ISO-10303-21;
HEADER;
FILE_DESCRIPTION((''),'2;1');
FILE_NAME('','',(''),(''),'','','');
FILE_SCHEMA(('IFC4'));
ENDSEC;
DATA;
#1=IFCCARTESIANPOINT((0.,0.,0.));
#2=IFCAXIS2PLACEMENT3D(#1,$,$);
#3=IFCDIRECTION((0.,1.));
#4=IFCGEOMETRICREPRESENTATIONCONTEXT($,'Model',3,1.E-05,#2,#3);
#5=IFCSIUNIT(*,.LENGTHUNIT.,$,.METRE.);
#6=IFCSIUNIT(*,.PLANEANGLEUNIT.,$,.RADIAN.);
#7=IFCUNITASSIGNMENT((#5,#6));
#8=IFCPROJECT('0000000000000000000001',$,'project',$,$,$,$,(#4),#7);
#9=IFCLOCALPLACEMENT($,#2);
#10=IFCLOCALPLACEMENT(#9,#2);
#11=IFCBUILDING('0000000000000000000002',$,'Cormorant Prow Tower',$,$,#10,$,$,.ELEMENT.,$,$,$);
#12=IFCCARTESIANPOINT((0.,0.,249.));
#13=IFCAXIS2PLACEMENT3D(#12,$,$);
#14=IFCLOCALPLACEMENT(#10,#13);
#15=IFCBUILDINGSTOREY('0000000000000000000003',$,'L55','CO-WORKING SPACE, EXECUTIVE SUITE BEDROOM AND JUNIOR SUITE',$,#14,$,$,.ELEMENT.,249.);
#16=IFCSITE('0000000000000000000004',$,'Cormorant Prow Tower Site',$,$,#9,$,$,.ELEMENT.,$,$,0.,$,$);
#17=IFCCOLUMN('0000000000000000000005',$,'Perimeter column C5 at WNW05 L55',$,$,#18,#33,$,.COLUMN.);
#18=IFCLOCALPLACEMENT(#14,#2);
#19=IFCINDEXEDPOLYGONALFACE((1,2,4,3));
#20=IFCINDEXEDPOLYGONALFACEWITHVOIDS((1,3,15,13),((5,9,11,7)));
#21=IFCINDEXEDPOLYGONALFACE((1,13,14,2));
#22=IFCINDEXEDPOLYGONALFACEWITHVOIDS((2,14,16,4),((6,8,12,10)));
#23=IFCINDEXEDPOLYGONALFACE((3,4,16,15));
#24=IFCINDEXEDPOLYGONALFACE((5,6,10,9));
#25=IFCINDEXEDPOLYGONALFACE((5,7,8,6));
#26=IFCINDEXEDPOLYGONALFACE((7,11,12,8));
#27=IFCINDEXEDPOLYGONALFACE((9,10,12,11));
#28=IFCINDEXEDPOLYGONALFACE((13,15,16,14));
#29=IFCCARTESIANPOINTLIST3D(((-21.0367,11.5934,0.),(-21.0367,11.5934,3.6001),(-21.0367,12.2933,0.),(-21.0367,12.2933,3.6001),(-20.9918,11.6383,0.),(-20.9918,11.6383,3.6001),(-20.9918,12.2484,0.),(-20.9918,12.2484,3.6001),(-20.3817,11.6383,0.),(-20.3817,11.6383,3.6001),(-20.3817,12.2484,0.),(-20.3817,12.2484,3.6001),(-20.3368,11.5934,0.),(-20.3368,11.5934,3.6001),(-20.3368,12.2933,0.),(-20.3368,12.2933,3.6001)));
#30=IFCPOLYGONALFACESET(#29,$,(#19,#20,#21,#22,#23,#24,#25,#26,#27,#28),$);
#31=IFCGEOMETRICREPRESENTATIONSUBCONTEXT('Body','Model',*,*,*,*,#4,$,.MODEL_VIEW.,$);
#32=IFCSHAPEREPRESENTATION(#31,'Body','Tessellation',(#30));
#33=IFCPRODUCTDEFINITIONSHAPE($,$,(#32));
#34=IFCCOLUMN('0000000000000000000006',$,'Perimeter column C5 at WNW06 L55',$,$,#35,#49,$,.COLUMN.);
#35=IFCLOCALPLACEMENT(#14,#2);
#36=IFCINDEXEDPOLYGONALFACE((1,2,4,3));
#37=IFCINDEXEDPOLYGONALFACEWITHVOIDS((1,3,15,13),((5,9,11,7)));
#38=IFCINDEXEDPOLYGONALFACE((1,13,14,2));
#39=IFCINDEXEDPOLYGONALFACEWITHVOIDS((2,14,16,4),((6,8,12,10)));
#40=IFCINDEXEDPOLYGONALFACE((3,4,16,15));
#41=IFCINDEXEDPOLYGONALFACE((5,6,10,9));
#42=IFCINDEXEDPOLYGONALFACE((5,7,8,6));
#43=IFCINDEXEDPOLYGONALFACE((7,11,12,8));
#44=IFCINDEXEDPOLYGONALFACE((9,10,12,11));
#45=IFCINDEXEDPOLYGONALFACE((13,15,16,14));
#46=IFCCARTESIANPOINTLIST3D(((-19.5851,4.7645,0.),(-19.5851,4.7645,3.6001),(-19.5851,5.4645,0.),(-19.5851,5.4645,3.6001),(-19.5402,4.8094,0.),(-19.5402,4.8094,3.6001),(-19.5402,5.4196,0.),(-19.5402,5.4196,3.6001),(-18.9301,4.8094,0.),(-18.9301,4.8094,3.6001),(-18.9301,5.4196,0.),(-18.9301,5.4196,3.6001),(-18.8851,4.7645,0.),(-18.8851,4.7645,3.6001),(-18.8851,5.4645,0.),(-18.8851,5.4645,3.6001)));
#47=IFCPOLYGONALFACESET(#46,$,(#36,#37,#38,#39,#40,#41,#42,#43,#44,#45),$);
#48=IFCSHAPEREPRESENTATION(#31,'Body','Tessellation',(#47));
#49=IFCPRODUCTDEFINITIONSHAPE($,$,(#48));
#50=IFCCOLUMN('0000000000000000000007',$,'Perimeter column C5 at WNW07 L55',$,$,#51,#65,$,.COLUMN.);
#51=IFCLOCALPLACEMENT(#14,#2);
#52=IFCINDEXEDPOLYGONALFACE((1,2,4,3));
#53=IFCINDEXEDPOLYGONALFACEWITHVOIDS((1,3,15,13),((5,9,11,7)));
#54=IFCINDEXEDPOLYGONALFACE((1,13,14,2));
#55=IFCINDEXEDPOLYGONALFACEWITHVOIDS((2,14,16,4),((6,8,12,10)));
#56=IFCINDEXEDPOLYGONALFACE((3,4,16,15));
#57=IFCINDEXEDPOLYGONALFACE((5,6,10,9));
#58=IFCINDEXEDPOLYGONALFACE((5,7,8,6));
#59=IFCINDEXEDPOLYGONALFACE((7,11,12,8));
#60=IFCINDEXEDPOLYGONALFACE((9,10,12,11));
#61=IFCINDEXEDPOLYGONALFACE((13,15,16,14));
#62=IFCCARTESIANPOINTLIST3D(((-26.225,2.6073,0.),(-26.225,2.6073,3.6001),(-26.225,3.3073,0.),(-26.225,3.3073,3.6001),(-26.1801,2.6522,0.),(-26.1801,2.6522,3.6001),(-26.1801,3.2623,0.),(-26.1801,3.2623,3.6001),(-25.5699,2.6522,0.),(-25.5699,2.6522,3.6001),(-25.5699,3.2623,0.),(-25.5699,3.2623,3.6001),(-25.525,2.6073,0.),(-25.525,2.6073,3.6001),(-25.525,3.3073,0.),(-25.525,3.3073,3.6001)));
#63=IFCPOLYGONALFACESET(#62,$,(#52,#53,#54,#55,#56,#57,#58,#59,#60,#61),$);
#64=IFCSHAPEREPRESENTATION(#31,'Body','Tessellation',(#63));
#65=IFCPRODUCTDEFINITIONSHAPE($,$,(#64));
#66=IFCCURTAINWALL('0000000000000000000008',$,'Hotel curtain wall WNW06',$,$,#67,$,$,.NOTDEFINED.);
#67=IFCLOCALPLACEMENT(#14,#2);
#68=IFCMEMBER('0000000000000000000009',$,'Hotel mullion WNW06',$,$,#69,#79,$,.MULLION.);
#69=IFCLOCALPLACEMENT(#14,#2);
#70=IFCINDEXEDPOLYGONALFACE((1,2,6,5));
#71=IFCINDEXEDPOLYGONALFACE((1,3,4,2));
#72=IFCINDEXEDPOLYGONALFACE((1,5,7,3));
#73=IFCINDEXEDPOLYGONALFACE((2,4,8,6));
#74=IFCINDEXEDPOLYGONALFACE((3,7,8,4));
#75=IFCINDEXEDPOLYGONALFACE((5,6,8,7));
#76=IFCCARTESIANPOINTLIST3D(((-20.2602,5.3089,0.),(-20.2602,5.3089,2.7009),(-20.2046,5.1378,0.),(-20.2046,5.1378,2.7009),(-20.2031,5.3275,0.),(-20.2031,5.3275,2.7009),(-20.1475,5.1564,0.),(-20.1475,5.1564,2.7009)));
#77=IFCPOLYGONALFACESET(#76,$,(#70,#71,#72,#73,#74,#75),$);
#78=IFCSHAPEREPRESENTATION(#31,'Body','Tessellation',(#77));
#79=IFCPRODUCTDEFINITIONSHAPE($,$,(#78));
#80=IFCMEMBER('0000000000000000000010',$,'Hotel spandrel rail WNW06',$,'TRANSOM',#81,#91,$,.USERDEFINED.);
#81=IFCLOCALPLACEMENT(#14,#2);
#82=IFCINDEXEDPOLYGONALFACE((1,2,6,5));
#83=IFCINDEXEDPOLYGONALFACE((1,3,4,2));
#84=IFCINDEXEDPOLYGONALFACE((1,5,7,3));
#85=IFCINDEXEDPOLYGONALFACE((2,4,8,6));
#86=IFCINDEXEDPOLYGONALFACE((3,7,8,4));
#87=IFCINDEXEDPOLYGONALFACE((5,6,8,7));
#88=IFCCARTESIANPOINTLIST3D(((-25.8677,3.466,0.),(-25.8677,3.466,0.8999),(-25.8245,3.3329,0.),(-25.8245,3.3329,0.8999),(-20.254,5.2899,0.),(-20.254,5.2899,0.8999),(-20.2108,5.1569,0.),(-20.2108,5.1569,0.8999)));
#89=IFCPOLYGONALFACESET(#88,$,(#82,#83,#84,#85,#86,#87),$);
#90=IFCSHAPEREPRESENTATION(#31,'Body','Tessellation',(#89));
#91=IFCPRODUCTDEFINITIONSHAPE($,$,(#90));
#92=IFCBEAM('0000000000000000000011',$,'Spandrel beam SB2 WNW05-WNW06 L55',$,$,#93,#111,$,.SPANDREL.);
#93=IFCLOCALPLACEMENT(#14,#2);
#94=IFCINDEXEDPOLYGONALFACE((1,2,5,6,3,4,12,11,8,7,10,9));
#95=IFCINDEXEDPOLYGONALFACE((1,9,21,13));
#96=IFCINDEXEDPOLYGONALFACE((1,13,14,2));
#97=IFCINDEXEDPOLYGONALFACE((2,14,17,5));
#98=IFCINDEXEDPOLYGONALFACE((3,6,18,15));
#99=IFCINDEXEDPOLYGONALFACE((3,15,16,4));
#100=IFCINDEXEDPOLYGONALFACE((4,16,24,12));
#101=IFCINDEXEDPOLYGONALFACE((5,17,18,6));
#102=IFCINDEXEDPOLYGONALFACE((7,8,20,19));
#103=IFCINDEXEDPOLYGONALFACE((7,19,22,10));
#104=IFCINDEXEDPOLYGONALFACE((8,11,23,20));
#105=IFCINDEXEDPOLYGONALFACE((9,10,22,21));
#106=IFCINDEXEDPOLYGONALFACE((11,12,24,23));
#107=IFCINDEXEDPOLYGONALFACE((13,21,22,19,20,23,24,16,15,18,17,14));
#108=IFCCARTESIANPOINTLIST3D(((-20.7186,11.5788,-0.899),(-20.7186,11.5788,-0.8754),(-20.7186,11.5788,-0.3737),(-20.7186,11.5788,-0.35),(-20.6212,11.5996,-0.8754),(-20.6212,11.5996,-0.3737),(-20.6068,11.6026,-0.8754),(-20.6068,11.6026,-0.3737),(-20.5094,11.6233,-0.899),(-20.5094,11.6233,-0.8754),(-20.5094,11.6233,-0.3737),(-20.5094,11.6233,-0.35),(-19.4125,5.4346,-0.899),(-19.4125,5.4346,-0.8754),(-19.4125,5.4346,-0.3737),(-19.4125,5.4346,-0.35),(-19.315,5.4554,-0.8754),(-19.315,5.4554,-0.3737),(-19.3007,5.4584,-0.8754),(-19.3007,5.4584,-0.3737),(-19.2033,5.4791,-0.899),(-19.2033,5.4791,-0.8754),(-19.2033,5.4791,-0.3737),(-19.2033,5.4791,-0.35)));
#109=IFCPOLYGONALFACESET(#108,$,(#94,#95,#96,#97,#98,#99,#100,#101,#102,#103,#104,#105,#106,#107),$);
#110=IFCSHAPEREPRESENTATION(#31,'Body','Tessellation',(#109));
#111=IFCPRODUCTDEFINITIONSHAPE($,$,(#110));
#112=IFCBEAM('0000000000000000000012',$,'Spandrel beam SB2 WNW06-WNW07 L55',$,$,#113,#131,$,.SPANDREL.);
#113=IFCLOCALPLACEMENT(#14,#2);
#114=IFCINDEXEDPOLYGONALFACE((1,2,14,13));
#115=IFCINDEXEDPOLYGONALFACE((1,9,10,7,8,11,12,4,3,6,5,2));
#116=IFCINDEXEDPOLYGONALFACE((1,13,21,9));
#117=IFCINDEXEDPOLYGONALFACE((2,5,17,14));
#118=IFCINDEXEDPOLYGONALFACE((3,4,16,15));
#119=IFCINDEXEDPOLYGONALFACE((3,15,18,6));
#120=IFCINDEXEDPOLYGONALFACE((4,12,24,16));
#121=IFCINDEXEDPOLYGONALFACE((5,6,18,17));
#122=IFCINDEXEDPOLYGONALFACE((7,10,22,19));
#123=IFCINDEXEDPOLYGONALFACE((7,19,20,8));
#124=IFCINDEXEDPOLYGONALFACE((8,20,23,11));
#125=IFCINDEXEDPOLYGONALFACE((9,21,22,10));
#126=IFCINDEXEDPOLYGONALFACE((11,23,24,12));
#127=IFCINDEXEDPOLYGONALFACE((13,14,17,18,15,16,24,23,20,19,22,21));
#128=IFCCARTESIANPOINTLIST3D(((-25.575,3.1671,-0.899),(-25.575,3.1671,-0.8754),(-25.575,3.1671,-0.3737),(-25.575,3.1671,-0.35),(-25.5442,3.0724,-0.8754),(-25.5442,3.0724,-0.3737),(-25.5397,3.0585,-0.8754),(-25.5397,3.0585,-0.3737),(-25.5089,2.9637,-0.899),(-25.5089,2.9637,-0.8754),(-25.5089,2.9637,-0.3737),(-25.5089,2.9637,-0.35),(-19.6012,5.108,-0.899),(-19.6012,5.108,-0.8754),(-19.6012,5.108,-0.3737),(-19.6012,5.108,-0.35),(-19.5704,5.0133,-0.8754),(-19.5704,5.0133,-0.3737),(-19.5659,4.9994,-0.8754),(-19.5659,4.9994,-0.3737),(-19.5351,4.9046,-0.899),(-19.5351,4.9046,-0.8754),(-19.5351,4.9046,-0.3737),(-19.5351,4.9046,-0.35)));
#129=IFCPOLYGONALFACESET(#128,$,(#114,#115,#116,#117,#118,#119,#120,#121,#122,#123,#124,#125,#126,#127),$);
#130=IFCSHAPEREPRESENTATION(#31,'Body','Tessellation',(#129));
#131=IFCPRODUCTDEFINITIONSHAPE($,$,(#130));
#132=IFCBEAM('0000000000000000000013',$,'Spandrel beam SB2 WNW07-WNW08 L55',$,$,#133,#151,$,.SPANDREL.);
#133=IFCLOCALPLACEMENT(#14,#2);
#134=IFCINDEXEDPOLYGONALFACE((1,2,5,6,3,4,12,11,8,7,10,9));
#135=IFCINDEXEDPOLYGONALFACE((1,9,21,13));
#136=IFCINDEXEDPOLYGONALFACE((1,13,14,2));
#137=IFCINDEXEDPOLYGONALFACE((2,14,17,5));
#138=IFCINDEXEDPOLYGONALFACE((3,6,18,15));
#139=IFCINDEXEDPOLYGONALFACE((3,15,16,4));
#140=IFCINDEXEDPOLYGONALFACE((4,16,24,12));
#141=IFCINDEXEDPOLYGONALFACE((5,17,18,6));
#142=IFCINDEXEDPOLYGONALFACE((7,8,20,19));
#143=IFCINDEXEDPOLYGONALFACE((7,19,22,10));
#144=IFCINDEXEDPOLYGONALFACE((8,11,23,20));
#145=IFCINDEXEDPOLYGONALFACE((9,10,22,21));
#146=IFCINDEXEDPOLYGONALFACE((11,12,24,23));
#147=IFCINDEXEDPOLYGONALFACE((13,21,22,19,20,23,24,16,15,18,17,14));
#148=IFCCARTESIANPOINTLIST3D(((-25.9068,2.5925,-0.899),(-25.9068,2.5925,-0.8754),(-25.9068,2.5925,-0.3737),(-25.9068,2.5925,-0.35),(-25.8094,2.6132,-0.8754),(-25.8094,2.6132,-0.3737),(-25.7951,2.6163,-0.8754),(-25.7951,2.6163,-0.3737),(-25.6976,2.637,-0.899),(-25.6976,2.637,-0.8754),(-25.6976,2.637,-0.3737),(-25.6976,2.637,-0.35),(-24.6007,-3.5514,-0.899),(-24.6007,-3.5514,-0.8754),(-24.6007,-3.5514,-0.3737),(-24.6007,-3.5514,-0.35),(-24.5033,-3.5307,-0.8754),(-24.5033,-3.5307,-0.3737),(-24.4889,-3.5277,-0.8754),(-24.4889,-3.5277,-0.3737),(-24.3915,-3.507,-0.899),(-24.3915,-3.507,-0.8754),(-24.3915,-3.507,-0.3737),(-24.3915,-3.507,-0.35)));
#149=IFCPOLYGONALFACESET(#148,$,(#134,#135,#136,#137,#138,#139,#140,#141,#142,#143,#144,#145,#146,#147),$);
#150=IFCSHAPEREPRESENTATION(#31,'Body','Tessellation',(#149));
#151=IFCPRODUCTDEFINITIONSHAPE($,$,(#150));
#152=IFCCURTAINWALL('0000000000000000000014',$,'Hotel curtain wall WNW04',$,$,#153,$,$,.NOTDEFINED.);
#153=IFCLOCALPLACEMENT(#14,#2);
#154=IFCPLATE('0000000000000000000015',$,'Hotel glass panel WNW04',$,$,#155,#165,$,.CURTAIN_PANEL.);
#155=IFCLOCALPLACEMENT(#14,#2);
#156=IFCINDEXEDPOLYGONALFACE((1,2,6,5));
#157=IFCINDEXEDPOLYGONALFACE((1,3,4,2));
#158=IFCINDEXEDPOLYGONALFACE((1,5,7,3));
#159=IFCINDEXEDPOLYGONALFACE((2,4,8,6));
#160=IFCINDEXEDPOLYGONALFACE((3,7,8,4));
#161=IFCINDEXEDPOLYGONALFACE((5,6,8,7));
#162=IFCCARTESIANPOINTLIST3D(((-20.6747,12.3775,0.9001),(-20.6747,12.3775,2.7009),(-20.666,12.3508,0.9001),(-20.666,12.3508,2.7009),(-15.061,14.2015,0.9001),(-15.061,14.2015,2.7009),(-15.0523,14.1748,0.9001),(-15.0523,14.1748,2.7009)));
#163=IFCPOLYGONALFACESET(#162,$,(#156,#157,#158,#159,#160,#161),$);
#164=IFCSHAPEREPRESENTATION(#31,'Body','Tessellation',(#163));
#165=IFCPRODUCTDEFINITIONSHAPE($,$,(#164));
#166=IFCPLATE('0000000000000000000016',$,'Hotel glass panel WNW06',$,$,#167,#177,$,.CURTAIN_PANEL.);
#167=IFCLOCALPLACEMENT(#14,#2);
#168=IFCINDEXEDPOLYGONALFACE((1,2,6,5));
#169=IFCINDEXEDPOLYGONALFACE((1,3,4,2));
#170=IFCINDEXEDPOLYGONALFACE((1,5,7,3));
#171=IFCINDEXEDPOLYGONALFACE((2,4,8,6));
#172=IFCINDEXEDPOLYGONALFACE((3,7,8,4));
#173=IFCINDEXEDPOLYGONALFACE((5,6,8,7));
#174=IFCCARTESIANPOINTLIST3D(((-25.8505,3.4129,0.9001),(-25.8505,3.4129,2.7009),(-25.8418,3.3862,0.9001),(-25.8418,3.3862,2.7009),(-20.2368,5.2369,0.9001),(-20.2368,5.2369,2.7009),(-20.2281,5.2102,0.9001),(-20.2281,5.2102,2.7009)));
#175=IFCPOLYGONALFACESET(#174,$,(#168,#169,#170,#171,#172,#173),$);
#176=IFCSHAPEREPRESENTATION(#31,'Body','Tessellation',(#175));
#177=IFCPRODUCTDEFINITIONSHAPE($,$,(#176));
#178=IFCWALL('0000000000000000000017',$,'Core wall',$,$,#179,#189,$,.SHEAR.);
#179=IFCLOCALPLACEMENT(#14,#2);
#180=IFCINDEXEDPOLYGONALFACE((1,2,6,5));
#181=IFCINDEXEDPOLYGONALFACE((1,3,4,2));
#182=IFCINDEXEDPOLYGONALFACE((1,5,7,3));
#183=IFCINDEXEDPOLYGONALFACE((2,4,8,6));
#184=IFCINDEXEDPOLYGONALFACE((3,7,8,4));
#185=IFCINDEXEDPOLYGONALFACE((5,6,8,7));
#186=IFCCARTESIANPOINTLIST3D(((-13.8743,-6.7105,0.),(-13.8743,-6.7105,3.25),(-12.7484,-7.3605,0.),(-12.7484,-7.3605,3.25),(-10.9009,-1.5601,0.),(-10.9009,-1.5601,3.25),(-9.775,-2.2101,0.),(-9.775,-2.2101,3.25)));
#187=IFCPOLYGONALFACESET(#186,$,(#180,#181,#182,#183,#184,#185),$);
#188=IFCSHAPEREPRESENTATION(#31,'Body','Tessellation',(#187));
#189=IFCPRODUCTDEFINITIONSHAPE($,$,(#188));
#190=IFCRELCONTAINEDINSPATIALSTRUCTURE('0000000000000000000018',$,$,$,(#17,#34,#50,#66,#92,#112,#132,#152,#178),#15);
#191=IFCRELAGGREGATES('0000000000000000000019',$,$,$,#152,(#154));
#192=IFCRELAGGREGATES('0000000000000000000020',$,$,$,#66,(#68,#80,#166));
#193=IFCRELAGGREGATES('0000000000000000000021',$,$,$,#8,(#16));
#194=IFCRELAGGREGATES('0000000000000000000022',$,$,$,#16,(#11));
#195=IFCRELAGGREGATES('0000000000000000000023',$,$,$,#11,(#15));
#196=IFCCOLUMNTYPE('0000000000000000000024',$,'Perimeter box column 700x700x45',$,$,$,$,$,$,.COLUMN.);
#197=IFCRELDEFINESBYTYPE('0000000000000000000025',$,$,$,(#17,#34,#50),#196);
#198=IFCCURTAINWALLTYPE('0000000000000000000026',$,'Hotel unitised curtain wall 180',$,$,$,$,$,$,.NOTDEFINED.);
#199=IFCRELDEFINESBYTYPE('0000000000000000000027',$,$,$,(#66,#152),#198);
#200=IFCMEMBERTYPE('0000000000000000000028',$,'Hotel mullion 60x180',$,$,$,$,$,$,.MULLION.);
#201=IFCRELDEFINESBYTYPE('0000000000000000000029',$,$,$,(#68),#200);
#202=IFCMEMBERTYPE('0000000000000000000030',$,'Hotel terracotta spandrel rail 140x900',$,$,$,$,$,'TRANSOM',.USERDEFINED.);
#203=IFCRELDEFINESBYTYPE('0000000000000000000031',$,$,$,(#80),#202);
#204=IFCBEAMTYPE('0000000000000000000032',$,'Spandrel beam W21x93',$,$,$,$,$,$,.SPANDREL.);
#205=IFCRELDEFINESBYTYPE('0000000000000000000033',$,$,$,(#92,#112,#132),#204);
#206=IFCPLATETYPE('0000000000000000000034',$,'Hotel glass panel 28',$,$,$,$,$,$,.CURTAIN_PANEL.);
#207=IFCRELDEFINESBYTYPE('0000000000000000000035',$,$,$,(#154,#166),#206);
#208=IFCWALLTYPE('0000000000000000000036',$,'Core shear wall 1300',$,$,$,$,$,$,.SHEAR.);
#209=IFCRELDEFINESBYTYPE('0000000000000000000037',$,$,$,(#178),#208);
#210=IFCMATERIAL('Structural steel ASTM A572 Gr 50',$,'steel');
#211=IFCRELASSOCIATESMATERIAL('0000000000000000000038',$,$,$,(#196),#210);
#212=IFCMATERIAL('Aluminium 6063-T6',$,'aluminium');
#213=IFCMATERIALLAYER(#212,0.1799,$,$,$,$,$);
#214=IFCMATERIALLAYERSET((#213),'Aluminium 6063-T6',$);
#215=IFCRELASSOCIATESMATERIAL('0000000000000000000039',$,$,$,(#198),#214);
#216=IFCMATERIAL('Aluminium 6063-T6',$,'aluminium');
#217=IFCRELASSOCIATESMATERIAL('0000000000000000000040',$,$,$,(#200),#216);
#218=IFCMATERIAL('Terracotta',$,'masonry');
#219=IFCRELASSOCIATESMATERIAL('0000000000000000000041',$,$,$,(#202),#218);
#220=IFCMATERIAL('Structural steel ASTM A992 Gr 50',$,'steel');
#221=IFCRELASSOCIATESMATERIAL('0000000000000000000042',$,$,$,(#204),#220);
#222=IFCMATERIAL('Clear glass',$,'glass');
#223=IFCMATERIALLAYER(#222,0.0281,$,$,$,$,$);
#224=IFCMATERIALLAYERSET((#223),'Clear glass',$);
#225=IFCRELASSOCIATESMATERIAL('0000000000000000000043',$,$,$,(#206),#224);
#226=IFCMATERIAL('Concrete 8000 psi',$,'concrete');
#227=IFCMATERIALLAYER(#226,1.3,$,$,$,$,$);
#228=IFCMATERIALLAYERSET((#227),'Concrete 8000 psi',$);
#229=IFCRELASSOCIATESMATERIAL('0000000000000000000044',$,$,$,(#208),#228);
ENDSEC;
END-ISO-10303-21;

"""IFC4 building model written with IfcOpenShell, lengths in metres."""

from ifc_helpers import new_model, si_unit, direction, frame, frame_2d, origin, origin_2d, place, context, subcontext, project, spatial, rectangle, hollow_rectangle, i_section, extrude, material, layer, layer_set, material_profile, profile_set, type_object, element, aggregate, save


model = new_model("IFC4")

# Units and contexts
model_context = context("Model", 3, precision=1e-05, world=origin(), true_north=direction((0.0, 1.0)))
body_context = subcontext(model_context, "Body", "Model", "MODEL_VIEW")
ifc_project = project(units=[si_unit("LENGTHUNIT", "METRE"), si_unit("PLANEANGLEUNIT", "RADIAN")], contexts=[model_context])

# Site, building, storey
site_placement = place(None, origin())
site = spatial("IfcSite", under=ifc_project, at=site_placement, Name="Cormorant Prow Tower Site", CompositionType="ELEMENT", RefElevation=0.0)
building_placement = place(site_placement, origin())
building = spatial("IfcBuilding", under=site, at=building_placement, Name="Cormorant Prow Tower", CompositionType="ELEMENT")
storey_placement = place(building_placement, frame((0.0, 0.0, 249.0)))
storey = spatial("IfcBuildingStorey", under=building, at=storey_placement, Name="L55", Description="CO-WORKING SPACE, EXECUTIVE SUITE BEDROOM AND JUNIOR SUITE", CompositionType="ELEMENT", Elevation=249.0)

# Columns
ifc_material_1 = material(Name="Structural steel ASTM A572 Gr 50", Category="steel")
ifc_material_profile_1 = material_profile(ifc_material_1, hollow_rectangle(XDim=0.7, YDim=0.7, WallThickness=0.0449, at=origin_2d()), Name="Box 700x700x45")
ifc_profile_set_1 = profile_set([ifc_material_profile_1], Name="Structural steel ASTM A572 Gr 50")
column_type = type_object("IfcColumnType", Name="Perimeter box column 700x700x45", PredefinedType="COLUMN", material=ifc_profile_set_1)
for number, where, z_axis, x_axis, name in (
    (1, (-20.6868, 11.9434, 0.0), (0.0, 0.0, 1.0), (1.0, 0.0, 0.0), "Perimeter column C5 at WNW05 L55"),
    (2, (-19.2351, 5.1145, 0.0), (0.0, 0.0, 1.0), (1.0, 0.0, 0.0), "Perimeter column C5 at WNW06 L55"),
    (3, (-25.875, 2.9573, 0.0), (0.0, 0.0, 1.0), (1.0, 0.0, 0.0), "Perimeter column C5 at WNW07 L55"),
):
    element("IfcColumn", number, at=place(storey_placement, frame(where, z_axis=z_axis, x_axis=x_axis)), inside=storey, type_object=column_type, Name=name, PredefinedType="COLUMN", context=body_context, shape_type="SweptSolid", body=[
        extrude(hollow_rectangle(XDim=0.7, YDim=0.7, WallThickness=0.0449, at=origin_2d()), origin(), (0.0, 0.0, 1.0), 3.6001),
    ])

# Curtain wall, members
ifc_material_2 = material(Name="Aluminium 6063-T6", Category="aluminium")
ifc_layer_1 = layer(ifc_material_2, 0.1799)
ifc_layer_set_1 = layer_set([ifc_layer_1], Name="Aluminium 6063-T6")
curtain_wall_type = type_object("IfcCurtainWallType", Name="Hotel unitised curtain wall 180", PredefinedType="NOTDEFINED", material=ifc_layer_set_1)
curtain_wall_1_placement = place(storey_placement, origin())
curtain_wall_1 = element("IfcCurtainWall", 4, at=curtain_wall_1_placement, inside=storey, type_object=curtain_wall_type, Name="Hotel curtain wall WNW06", PredefinedType="NOTDEFINED")
ifc_material_3 = material(Name="Aluminium 6063-T6", Category="aluminium")
ifc_material_profile_2 = material_profile(ifc_material_3, rectangle(XDim=0.1799, YDim=0.0601, at=origin_2d()), Name="Hotel mullion 60x180")
ifc_profile_set_2 = profile_set([ifc_material_profile_2], Name="Aluminium 6063-T6")
member_type_1 = type_object("IfcMemberType", Name="Hotel mullion 60x180", PredefinedType="MULLION", material=ifc_profile_set_2)
member_1_placement = place(storey_placement, frame((-20.2039, 5.2327, 0.0), z_axis=(0.0, 0.0, 1.0), x_axis=(0.309017, -0.951057, 0.0)))
member_1 = element("IfcMember", 5, at=member_1_placement, type_object=member_type_1, Name="Hotel mullion WNW06", PredefinedType="MULLION", context=body_context, shape_type="SweptSolid", body=[
    extrude(rectangle(XDim=0.1799, YDim=0.0601, at=origin_2d()), origin(), (0.0, 0.0, 1.0), 2.7009),
])
ifc_material_4 = material(Name="Terracotta", Category="masonry")
ifc_material_profile_3 = material_profile(ifc_material_4, rectangle(XDim=0.1399, YDim=0.8999, at=origin_2d()), Name="Hotel terracotta spandrel rail 140x900")
ifc_profile_set_3 = profile_set([ifc_material_profile_3], Name="Terracotta")
member_type_2 = type_object("IfcMemberType", Name="Hotel terracotta spandrel rail 140x900", ElementType="TRANSOM", PredefinedType="USERDEFINED", material=ifc_profile_set_3)
member_2_placement = place(storey_placement, frame((-20.2324, 5.2234, 0.45), z_axis=(-0.951059, -0.309009, 0.0), x_axis=(0.309009, -0.951059, 0.0)))
member_2 = element("IfcMember", 6, at=member_2_placement, type_object=member_type_2, Name="Hotel spandrel rail WNW06", ObjectType="TRANSOM", PredefinedType="USERDEFINED", context=body_context, shape_type="SweptSolid", body=[
    extrude(rectangle(XDim=0.1399, YDim=0.8999, at=origin_2d()), origin(), (0.0, 0.0, 1.0), 5.9026),
])

# Beams
ifc_material_5 = material(Name="Structural steel ASTM A992 Gr 50", Category="steel")
ifc_material_profile_4 = material_profile(ifc_material_5, i_section(OverallWidth=0.2139, OverallDepth=0.5491, WebThickness=0.0146, FlangeThickness=0.0237, at=origin_2d()), Name="W21x93")
ifc_profile_set_4 = profile_set([ifc_material_profile_4], Name="Structural steel ASTM A992 Gr 50")
beam_type = type_object("IfcBeamType", Name="Spandrel beam W21x93", PredefinedType="SPANDREL", material=ifc_profile_set_4)
beam_placement = place(storey_placement, frame((-20.614, 11.6011, -0.6245), z_axis=(0.207934, -0.978143, 0.0), x_axis=(0.978143, 0.207934, 0.0)))
element("IfcBeam", 7, at=beam_placement, inside=storey, type_object=beam_type, Name="Spandrel beam SB2 WNW05-WNW06 L55", PredefinedType="SPANDREL", context=body_context, shape_type="SweptSolid", body=[
    extrude(i_section(OverallWidth=0.2139, OverallDepth=0.5491, WebThickness=0.0146, FlangeThickness=0.0237, at=origin_2d()), origin(), (0.0, 0.0, 1.0), 6.2815),
])
for number, where, z_axis, x_axis, name in (
    (8, (-19.5681, 5.0063, -0.6245), (-0.951062, -0.309001, 0.0), (0.309001, -0.951062, 0.0), "Spandrel beam SB2 WNW06-WNW07 L55"),
    (9, (-25.8022, 2.6147, -0.6245), (0.207941, -0.978141, 0.0), (0.978141, 0.207941, 0.0), "Spandrel beam SB2 WNW07-WNW08 L55"),
):
    element("IfcBeam", number, at=place(storey_placement, frame(where, z_axis=z_axis, x_axis=x_axis)), inside=storey, type_object=beam_type, Name=name, PredefinedType="SPANDREL", context=body_context, shape_type="SweptSolid", body=[
        extrude(i_section(OverallWidth=0.2139, OverallDepth=0.5491, WebThickness=0.0146, FlangeThickness=0.0237, at=origin_2d()), origin(), (0.0, 0.0, 1.0), 6.2812),
    ])

# Curtain wall, plate
curtain_wall_2_placement = place(storey_placement, origin())
curtain_wall_2 = element("IfcCurtainWall", 10, at=curtain_wall_2_placement, inside=storey, type_object=curtain_wall_type, Name="Hotel curtain wall WNW04", PredefinedType="NOTDEFINED")
ifc_material_6 = material(Name="Clear glass", Category="glass")
ifc_layer_2 = layer(ifc_material_6, 0.0281)
ifc_layer_set_2 = layer_set([ifc_layer_2], Name="Clear glass")
plate_type = type_object("IfcPlateType", Name="Hotel glass panel 28", PredefinedType="CURTAIN_PANEL", material=ifc_layer_set_2)
plate_1_placement = place(storey_placement, frame((-17.8635, 13.2761, 0.9001), z_axis=(0.0, 0.0, 1.0), x_axis=(-0.951057, -0.309017, 0.0)))
plate_1 = element("IfcPlate", 11, at=plate_1_placement, type_object=plate_type, Name="Hotel glass panel WNW04", PredefinedType="CURTAIN_PANEL", context=body_context, shape_type="SweptSolid", body=[
    extrude(rectangle(XDim=5.9026, YDim=0.0281, at=origin_2d()), origin(), (0.0, 0.0, 1.0), 1.8008),
])
aggregate(curtain_wall_2, [plate_1])

# Plate
plate_2_placement = place(storey_placement, frame((-23.0393, 4.3115, 0.9001), z_axis=(0.0, 0.0, 1.0), x_axis=(-0.951057, -0.309017, 0.0)))
plate_2 = element("IfcPlate", 12, at=plate_2_placement, type_object=plate_type, Name="Hotel glass panel WNW06", PredefinedType="CURTAIN_PANEL", context=body_context, shape_type="SweptSolid", body=[
    extrude(rectangle(XDim=5.9026, YDim=0.0281, at=origin_2d()), origin(), (0.0, 0.0, 1.0), 1.8008),
])
aggregate(curtain_wall_1, [member_1, member_2, plate_2])

# Wall
ifc_material_7 = material(Name="Concrete 8000 psi", Category="concrete")
ifc_layer_3 = layer(ifc_material_7, 1.3)
ifc_layer_set_3 = layer_set([ifc_layer_3], Name="Concrete 8000 psi")
wall_type_1 = type_object("IfcWallType", Name="Core shear wall 1300", PredefinedType="SHEAR", material=ifc_layer_set_3)
wall_1_placement = place(storey_placement, frame((-10.3379, -1.885, 0.0), z_axis=(0.0, 0.0, 1.0), x_axis=(-0.499976, -0.866039, 0.0)))
element("IfcWall", 13, at=wall_1_placement, inside=storey, type_object=wall_type_1, Name="Core wall", PredefinedType="SHEAR", context=body_context, shape_type="SweptSolid", body=[
    extrude(rectangle(XDim=5.947, YDim=1.3, at=frame_2d((2.9736, 0.0))), origin(), (0.0, 0.0, 1.0), 3.25),
])

save(model, "model.ifc")
